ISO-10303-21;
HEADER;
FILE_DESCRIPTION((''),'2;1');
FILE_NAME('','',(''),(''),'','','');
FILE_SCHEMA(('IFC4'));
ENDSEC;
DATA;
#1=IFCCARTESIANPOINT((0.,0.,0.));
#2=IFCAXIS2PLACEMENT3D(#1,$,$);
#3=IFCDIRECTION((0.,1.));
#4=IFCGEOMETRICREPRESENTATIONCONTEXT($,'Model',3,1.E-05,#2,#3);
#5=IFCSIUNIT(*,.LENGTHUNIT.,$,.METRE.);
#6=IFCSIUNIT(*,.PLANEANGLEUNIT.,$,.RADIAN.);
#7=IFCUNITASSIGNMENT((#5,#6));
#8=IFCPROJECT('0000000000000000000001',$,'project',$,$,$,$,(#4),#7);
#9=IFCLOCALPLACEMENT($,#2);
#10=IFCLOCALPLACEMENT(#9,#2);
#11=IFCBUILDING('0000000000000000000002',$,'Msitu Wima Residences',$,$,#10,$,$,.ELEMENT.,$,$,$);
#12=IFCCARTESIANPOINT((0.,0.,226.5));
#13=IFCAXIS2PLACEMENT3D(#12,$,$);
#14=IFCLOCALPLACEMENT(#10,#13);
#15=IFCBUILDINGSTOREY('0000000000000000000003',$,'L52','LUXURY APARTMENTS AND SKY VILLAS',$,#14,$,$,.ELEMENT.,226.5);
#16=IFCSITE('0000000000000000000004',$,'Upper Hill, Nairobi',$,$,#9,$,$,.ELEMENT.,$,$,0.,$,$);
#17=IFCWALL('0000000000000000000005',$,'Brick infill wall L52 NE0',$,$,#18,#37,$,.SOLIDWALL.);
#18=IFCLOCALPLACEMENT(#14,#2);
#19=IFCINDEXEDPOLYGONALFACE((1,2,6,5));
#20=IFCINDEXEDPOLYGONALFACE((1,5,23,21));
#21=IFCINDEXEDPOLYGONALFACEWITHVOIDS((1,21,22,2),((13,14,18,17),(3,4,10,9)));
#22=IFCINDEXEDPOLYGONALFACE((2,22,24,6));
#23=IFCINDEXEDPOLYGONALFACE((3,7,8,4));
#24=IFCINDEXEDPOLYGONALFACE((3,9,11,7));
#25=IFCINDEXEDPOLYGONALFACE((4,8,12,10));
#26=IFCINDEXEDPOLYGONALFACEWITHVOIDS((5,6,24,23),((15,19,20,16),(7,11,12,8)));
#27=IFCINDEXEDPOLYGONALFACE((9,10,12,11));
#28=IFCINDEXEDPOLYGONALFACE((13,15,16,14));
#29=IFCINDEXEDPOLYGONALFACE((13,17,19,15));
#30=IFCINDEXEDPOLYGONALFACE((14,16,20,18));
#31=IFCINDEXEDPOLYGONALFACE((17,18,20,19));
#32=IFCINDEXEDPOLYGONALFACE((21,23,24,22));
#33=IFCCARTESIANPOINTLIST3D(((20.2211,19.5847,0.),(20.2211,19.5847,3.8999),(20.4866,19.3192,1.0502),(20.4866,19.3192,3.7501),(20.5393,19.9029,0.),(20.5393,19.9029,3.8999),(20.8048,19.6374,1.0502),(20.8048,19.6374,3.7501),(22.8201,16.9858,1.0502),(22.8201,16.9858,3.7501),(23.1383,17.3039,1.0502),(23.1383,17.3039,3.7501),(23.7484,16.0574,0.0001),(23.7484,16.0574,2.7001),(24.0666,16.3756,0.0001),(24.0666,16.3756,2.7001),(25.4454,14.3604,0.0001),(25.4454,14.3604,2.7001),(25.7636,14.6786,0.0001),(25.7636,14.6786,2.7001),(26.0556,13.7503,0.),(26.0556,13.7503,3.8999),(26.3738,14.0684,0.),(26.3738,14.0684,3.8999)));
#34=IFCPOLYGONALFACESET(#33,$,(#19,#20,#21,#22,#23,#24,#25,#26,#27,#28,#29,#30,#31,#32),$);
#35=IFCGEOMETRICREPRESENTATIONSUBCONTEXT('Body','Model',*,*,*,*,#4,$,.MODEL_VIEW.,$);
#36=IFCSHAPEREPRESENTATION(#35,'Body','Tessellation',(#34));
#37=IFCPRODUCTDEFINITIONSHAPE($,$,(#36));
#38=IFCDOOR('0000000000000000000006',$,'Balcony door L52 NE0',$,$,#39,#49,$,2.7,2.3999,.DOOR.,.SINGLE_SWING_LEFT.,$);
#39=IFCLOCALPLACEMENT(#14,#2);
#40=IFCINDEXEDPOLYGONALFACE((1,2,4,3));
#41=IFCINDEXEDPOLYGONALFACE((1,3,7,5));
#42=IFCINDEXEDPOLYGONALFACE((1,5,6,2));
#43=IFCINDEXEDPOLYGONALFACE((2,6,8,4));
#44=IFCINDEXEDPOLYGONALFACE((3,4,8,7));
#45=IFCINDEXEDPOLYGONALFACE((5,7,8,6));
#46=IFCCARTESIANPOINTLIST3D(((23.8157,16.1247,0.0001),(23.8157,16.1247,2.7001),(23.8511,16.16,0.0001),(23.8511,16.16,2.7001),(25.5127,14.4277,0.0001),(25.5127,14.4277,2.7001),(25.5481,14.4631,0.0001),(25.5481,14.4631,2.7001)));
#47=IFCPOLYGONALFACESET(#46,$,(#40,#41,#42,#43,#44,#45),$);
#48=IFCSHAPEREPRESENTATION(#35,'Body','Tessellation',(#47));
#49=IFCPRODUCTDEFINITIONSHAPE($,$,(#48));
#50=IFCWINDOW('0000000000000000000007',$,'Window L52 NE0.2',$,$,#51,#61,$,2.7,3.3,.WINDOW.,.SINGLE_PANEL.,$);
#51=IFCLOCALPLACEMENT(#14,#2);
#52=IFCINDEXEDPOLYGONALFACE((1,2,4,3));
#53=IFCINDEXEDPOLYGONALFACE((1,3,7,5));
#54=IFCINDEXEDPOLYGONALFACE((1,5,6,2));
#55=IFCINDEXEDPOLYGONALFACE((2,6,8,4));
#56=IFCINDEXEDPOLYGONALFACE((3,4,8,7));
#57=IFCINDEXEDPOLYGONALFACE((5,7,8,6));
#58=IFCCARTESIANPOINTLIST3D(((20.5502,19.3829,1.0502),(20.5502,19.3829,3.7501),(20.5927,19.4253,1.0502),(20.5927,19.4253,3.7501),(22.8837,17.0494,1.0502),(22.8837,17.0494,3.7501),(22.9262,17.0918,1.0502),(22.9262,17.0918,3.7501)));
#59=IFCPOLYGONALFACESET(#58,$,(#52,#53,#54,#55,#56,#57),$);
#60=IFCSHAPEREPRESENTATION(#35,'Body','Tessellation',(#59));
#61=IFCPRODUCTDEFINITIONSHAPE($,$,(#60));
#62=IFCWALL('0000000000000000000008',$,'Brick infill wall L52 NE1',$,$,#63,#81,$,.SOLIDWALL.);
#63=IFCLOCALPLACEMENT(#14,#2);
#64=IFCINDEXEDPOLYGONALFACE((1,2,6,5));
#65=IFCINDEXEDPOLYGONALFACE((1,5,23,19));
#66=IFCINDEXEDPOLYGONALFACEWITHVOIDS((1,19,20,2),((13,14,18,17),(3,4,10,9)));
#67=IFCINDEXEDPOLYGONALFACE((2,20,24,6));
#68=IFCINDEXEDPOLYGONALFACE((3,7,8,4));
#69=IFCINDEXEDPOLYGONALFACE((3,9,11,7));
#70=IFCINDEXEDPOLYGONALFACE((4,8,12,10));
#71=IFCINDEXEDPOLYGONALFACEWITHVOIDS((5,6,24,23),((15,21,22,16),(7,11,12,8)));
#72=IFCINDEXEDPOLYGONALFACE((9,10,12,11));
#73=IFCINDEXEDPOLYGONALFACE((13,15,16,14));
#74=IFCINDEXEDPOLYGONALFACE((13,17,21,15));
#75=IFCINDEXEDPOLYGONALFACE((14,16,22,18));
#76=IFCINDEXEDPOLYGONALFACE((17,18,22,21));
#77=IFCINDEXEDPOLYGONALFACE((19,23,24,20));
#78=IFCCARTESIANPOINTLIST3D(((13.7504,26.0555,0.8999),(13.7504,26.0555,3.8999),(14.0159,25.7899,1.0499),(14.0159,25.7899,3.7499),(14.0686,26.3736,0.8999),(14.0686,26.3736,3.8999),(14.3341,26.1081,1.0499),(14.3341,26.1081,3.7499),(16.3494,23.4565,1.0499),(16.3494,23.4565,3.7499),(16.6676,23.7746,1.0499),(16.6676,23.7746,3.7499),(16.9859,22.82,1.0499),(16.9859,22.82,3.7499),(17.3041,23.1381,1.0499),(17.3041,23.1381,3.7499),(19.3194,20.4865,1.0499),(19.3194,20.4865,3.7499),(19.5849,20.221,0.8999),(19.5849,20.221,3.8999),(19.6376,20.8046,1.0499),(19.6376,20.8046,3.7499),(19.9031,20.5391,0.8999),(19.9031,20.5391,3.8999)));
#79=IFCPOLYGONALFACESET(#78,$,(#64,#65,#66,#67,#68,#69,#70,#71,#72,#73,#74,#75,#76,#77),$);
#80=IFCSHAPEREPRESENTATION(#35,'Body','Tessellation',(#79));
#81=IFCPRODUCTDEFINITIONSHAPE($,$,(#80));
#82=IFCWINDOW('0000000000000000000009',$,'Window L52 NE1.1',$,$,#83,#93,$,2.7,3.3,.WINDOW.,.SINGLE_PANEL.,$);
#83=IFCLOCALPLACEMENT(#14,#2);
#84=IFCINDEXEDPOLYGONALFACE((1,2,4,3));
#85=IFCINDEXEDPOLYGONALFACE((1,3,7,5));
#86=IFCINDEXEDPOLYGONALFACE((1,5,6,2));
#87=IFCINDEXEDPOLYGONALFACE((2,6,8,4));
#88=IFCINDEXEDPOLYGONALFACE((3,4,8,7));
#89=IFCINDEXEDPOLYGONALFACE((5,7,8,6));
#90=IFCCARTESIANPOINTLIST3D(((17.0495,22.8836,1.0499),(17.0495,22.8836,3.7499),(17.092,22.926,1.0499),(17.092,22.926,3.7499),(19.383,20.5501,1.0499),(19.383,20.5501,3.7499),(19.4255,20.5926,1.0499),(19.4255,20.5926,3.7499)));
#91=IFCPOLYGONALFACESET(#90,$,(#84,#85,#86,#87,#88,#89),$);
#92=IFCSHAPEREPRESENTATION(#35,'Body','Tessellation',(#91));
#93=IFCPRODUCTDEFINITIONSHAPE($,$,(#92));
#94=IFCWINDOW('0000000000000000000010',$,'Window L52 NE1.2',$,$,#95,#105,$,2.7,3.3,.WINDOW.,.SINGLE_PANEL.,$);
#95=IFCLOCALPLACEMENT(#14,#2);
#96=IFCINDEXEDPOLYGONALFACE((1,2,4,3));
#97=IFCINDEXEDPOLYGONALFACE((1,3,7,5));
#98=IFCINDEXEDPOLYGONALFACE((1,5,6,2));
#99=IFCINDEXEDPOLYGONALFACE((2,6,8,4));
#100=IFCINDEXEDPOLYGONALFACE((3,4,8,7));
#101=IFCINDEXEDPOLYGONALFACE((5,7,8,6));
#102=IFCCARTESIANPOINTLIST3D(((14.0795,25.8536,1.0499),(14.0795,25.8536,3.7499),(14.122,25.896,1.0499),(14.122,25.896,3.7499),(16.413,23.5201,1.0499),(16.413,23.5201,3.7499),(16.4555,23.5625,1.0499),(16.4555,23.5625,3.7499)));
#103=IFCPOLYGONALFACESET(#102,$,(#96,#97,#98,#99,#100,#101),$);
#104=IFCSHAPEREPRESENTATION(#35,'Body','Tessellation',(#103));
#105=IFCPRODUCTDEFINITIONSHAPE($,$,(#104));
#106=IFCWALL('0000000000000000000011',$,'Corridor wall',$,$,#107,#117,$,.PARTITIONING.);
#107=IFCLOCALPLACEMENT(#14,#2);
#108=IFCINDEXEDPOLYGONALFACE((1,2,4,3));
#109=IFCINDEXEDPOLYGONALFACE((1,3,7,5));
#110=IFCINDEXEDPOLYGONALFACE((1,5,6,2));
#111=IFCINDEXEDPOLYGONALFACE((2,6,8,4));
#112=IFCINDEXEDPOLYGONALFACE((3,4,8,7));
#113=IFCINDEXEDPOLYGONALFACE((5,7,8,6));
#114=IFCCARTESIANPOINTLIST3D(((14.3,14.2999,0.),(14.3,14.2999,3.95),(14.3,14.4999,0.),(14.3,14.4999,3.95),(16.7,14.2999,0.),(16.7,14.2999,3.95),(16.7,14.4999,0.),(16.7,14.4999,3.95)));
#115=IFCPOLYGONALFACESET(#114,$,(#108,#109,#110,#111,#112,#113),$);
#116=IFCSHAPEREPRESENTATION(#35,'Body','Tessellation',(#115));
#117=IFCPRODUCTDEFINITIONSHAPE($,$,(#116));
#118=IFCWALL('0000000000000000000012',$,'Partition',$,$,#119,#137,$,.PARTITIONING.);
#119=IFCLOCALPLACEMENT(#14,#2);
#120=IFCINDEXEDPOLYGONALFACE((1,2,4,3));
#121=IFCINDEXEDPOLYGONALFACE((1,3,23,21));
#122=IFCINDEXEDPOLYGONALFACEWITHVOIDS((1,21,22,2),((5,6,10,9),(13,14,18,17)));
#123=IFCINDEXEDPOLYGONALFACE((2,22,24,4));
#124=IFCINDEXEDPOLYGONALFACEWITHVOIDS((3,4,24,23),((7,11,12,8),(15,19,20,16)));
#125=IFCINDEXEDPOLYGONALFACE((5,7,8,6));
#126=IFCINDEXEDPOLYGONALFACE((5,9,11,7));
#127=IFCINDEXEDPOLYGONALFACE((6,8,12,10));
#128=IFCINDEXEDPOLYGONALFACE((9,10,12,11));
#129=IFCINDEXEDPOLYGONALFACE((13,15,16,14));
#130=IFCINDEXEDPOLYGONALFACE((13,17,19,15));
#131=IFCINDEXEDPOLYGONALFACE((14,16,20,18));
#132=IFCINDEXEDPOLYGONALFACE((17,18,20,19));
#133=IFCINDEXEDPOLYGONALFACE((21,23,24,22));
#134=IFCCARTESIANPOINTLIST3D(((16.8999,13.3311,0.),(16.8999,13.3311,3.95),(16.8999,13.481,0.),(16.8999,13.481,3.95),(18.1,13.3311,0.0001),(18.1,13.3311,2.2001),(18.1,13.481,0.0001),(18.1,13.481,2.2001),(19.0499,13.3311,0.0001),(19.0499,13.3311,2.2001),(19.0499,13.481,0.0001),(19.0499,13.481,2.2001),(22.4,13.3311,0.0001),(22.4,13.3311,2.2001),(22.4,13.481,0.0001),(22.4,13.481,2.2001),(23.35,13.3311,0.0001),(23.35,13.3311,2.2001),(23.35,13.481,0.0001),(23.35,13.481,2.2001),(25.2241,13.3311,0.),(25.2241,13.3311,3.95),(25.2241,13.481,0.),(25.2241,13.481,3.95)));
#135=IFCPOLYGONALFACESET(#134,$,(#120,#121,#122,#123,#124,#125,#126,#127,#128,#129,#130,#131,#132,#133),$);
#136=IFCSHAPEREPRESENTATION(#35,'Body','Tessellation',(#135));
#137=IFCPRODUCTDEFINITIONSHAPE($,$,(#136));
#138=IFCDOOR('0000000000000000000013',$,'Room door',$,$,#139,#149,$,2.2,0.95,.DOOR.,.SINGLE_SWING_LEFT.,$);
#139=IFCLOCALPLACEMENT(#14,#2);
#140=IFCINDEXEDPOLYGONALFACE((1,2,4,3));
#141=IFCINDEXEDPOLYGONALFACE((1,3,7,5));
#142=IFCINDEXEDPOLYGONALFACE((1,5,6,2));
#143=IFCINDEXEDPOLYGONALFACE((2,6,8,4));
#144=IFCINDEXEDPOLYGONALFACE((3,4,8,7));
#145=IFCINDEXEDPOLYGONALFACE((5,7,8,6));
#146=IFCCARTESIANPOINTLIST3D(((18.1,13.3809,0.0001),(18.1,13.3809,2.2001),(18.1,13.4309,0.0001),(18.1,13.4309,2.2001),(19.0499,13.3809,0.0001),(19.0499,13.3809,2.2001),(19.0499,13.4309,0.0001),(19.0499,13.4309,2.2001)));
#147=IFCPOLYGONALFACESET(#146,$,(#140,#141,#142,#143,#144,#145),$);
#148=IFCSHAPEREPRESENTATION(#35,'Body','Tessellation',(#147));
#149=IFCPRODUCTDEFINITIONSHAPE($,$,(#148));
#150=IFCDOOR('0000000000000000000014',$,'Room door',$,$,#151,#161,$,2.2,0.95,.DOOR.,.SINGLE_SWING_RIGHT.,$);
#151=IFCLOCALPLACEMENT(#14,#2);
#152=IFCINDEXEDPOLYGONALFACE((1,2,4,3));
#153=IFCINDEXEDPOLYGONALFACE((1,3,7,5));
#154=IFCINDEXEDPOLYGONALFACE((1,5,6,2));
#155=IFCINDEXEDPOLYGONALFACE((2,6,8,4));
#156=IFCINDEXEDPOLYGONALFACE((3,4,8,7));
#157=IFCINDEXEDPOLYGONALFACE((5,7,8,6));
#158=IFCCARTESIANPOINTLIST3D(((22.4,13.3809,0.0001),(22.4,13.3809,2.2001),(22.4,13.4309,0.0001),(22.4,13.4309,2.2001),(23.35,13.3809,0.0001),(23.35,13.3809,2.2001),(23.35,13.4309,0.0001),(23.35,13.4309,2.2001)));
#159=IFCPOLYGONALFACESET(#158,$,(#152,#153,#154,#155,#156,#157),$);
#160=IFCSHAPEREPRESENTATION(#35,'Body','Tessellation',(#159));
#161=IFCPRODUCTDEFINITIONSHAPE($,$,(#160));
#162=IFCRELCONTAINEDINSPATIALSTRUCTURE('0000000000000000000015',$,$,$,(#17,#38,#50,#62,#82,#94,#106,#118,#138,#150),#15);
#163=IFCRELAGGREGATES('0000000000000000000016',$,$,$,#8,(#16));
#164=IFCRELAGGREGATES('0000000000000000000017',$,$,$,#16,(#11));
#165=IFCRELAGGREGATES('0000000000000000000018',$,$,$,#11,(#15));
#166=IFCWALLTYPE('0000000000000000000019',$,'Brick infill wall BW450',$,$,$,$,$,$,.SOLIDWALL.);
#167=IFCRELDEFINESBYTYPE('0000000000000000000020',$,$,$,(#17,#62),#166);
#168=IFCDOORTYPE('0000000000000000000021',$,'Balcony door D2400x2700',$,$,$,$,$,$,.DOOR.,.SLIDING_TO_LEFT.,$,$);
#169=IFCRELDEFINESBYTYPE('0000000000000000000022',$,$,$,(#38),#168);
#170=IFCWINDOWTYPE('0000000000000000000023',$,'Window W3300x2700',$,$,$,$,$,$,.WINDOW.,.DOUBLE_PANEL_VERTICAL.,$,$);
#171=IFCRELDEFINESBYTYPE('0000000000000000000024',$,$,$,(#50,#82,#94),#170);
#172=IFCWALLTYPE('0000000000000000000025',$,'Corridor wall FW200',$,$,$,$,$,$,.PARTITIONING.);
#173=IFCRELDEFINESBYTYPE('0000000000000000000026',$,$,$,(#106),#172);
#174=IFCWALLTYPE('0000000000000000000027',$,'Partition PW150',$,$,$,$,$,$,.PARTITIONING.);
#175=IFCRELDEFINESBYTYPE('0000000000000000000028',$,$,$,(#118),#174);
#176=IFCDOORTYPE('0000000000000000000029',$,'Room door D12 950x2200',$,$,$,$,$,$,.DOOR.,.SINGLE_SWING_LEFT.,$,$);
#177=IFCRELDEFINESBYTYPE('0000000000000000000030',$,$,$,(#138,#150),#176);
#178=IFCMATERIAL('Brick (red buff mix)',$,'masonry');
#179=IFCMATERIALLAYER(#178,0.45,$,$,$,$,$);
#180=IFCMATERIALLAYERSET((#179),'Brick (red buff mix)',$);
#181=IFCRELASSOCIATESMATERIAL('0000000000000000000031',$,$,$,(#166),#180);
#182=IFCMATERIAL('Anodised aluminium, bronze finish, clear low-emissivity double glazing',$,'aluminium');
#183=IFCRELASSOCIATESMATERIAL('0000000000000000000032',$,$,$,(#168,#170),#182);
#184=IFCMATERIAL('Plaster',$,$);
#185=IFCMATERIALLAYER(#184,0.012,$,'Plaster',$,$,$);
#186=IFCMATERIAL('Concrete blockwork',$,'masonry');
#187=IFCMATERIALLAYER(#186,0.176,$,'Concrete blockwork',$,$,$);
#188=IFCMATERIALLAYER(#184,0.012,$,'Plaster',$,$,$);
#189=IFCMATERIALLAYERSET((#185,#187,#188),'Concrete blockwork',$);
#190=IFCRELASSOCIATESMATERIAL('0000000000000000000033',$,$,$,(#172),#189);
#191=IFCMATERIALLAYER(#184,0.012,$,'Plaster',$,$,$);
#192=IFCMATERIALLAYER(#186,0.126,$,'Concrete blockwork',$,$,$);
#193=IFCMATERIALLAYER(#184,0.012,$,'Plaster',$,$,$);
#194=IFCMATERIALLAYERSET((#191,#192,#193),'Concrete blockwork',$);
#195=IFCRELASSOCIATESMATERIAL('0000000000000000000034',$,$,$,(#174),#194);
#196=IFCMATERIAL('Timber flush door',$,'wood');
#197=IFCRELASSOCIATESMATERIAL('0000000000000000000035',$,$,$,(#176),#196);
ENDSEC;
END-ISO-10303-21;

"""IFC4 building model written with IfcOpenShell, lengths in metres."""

from ifc_helpers import new_model, si_unit, direction, frame, frame_2d, origin, place, context, subcontext, project, spatial, rectangle, extrude, material, layer, layer_set, type_object, element, fill, save


model = new_model("IFC4")

# Units and contexts
model_context = context("Model", 3, precision=1e-05, world=origin(), true_north=direction((0.0, 1.0)))
body_context = subcontext(model_context, "Body", "Model", "MODEL_VIEW")
ifc_project = project(units=[si_unit("LENGTHUNIT", "METRE"), si_unit("PLANEANGLEUNIT", "RADIAN")], contexts=[model_context])

# Site, building, storey
site_placement = place(None, origin())
site = spatial("IfcSite", under=ifc_project, at=site_placement, Name="Upper Hill, Nairobi", CompositionType="ELEMENT", RefElevation=0.0)
building_placement = place(site_placement, origin())
building = spatial("IfcBuilding", under=site, at=building_placement, Name="Msitu Wima Residences", CompositionType="ELEMENT")
storey_placement = place(building_placement, frame((0.0, 0.0, 226.5)))
storey = spatial("IfcBuildingStorey", under=building, at=storey_placement, Name="L52", Description="LUXURY APARTMENTS AND SKY VILLAS", CompositionType="ELEMENT", Elevation=226.5)

# Wall, openings, door, window
ifc_material_1 = material(Name="Brick (red buff mix)", Category="masonry")
ifc_layer_1 = layer(ifc_material_1, 0.45)
ifc_layer_set_1 = layer_set([ifc_layer_1], Name="Brick (red buff mix)")
wall_type_1 = type_object("IfcWallType", Name="Brick infill wall BW450", PredefinedType="SOLIDWALL", material=ifc_layer_set_1)
wall_1_placement = place(storey_placement, frame((26.2146, 13.9094, 0.0), z_axis=(0.0, 0.0, 1.0), x_axis=(-0.707107, 0.707107, 0.0)))
wall_1 = element("IfcWall", 1, at=wall_1_placement, inside=storey, type_object=wall_type_1, Name="Brick infill wall L52 NE0", PredefinedType="SOLIDWALL", context=body_context, shape_type="SweptSolid", body=[
    extrude(rectangle(XDim=8.2512, YDim=0.45, at=frame_2d((4.1255, 0.0))), origin(), (0.0, 0.0, 1.0), 3.8999),
])
opening_1_placement = place(wall_1_placement, frame((0.8628, 0.0, 0.0)))
opening_1 = element("IfcOpeningElement", 2, at=opening_1_placement, cuts=wall_1, PredefinedType="OPENING", context=body_context, shape_type="SweptSolid", body=[
    extrude(rectangle(XDim=2.3999, YDim=2.7, at=frame_2d((1.2, 1.3501))), frame((0.0, 0.2349, 0.0), z_axis=(0.0, -1.0, 0.0), x_axis=(1.0, 0.0, 0.0)), (0.0, 0.0, 1.0), 0.47),
])
opening_2_placement = place(wall_1_placement, frame((4.5757, 0.0, 1.05)))
opening_2 = element("IfcOpeningElement", 3, at=opening_2_placement, cuts=wall_1, PredefinedType="OPENING", context=body_context, shape_type="SweptSolid", body=[
    extrude(rectangle(XDim=3.3, YDim=2.7, at=frame_2d((1.6499, 1.3501))), frame((0.0, 0.2349, 0.0), z_axis=(0.0, -1.0, 0.0), x_axis=(1.0, 0.0, 0.0)), (0.0, 0.0, 1.0), 0.47),
])
ifc_material_2 = material(Name="Anodised aluminium, bronze finish, clear low-emissivity double glazing", Category="aluminium")
door_type_1 = type_object("IfcDoorType", Name="Balcony door D2400x2700", OperationType="SLIDING_TO_LEFT", PredefinedType="DOOR", material=ifc_material_2)
door_1_placement = place(opening_1_placement, origin())
door_1 = element("IfcDoor", 4, at=door_1_placement, inside=storey, type_object=door_type_1, Name="Balcony door L52 NE0", OperationType="SINGLE_SWING_LEFT", OverallHeight=2.7, OverallWidth=2.3999, PredefinedType="DOOR", context=body_context, shape_type="SweptSolid", body=[
    extrude(rectangle(XDim=2.3999, YDim=2.7, at=frame_2d((1.2, 1.3501))), frame((0.0, 0.1299, 0.0), z_axis=(0.0, -1.0, 0.0), x_axis=(1.0, 0.0, 0.0)), (0.0, 0.0, 1.0), 0.05),
])
fill(opening_1, door_1)
window_type = type_object("IfcWindowType", Name="Window W3300x2700", PartitioningType="DOUBLE_PANEL_VERTICAL", PredefinedType="WINDOW", material=ifc_material_2)
window_1_placement = place(opening_2_placement, origin())
window_1 = element("IfcWindow", 5, at=window_1_placement, inside=storey, type_object=window_type, Name="Window L52 NE0.2", OverallHeight=2.7, OverallWidth=3.3, PartitioningType="SINGLE_PANEL", PredefinedType="WINDOW", context=body_context, shape_type="SweptSolid", body=[
    extrude(rectangle(XDim=3.3, YDim=2.7, at=frame_2d((1.6499, 1.3501))), frame((0.0, 0.135, 0.0), z_axis=(0.0, -1.0, 0.0), x_axis=(1.0, 0.0, 0.0)), (0.0, 0.0, 1.0), 0.0601),
])
fill(opening_2, window_1)

# Wall, openings, windows
wall_2_placement = place(storey_placement, frame((19.7439, 20.3801, 0.8999), z_axis=(0.0, 0.0, 1.0), x_axis=(-0.707107, 0.707107, 0.0)))
wall_2 = element("IfcWall", 6, at=wall_2_placement, inside=storey, type_object=wall_type_1, Name="Brick infill wall L52 NE1", PredefinedType="SOLIDWALL", context=body_context, shape_type="SweptSolid", body=[
    extrude(rectangle(XDim=8.2512, YDim=0.45, at=frame_2d((4.1255, 0.0))), origin(), (0.0, 0.0, 1.0), 3.0),
])
opening_3_placement = place(wall_2_placement, frame((0.3755, 0.0, 0.1499)))
opening_3 = element("IfcOpeningElement", 7, at=opening_3_placement, cuts=wall_2, PredefinedType="OPENING", context=body_context, shape_type="SweptSolid", body=[
    extrude(rectangle(XDim=3.3, YDim=2.7, at=frame_2d((1.6499, 1.3501))), frame((0.0, 0.2349, 0.0), z_axis=(0.0, -1.0, 0.0), x_axis=(1.0, 0.0, 0.0)), (0.0, 0.0, 1.0), 0.47),
])
opening_4_placement = place(wall_2_placement, frame((4.5757, 0.0, 0.1499)))
opening_4 = element("IfcOpeningElement", 8, at=opening_4_placement, cuts=wall_2, PredefinedType="OPENING", context=body_context, shape_type="SweptSolid", body=[
    extrude(rectangle(XDim=3.3, YDim=2.7, at=frame_2d((1.6499, 1.3501))), frame((0.0, 0.2349, 0.0), z_axis=(0.0, -1.0, 0.0), x_axis=(1.0, 0.0, 0.0)), (0.0, 0.0, 1.0), 0.47),
])
window_2_placement = place(opening_3_placement, origin())
window_2 = element("IfcWindow", 9, at=window_2_placement, inside=storey, type_object=window_type, Name="Window L52 NE1.1", OverallHeight=2.7, OverallWidth=3.3, PartitioningType="SINGLE_PANEL", PredefinedType="WINDOW", context=body_context, shape_type="SweptSolid", body=[
    extrude(rectangle(XDim=3.3, YDim=2.7, at=frame_2d((1.6499, 1.3501))), frame((0.0, 0.135, 0.0), z_axis=(0.0, -1.0, 0.0), x_axis=(1.0, 0.0, 0.0)), (0.0, 0.0, 1.0), 0.0601),
])
fill(opening_3, window_2)
window_3_placement = place(opening_4_placement, origin())
window_3 = element("IfcWindow", 10, at=window_3_placement, inside=storey, type_object=window_type, Name="Window L52 NE1.2", OverallHeight=2.7, OverallWidth=3.3, PartitioningType="SINGLE_PANEL", PredefinedType="WINDOW", context=body_context, shape_type="SweptSolid", body=[
    extrude(rectangle(XDim=3.3, YDim=2.7, at=frame_2d((1.6499, 1.3501))), frame((0.0, 0.135, 0.0), z_axis=(0.0, -1.0, 0.0), x_axis=(1.0, 0.0, 0.0)), (0.0, 0.0, 1.0), 0.0601),
])
fill(opening_4, window_3)

# Shared definitions
ifc_material_3 = material(Name="Plaster")
ifc_layer_2 = layer(ifc_material_3, 0.012, Name="Plaster")
ifc_material_4 = material(Name="Concrete blockwork", Category="masonry")
ifc_layer_3 = layer(ifc_material_4, 0.176, Name="Concrete blockwork")
ifc_layer_4 = layer(ifc_material_3, 0.012, Name="Plaster")
ifc_layer_set_2 = layer_set([ifc_layer_2, ifc_layer_3, ifc_layer_4], Name="Concrete blockwork")
wall_type_2 = type_object("IfcWallType", Name="Corridor wall FW200", PredefinedType="PARTITIONING", material=ifc_layer_set_2)

# Wall
wall_3_placement = place(storey_placement, frame((14.3, 14.3999, 0.0), z_axis=(0.0, 0.0, 1.0), x_axis=(1.0, 0.0, 0.0)))
element("IfcWall", 11, at=wall_3_placement, inside=storey, type_object=wall_type_2, Name="Corridor wall", PredefinedType="PARTITIONING", context=body_context, shape_type="SweptSolid", body=[
    extrude(rectangle(XDim=2.3999, YDim=0.2, at=frame_2d((1.2, 0.0))), origin(), (0.0, 0.0, 1.0), 3.95),
])

# Wall, openings, doors
ifc_layer_5 = layer(ifc_material_3, 0.012, Name="Plaster")
ifc_layer_6 = layer(ifc_material_4, 0.126, Name="Concrete blockwork")
ifc_layer_7 = layer(ifc_material_3, 0.012, Name="Plaster")
ifc_layer_set_3 = layer_set([ifc_layer_5, ifc_layer_6, ifc_layer_7], Name="Concrete blockwork")
wall_type_3 = type_object("IfcWallType", Name="Partition PW150", PredefinedType="PARTITIONING", material=ifc_layer_set_3)
wall_4_placement = place(storey_placement, frame((16.8999, 13.406, 0.0), z_axis=(0.0, 0.0, 1.0), x_axis=(1.0, 0.0, 0.0)))
wall_4 = element("IfcWall", 12, at=wall_4_placement, inside=storey, type_object=wall_type_3, Name="Partition", PredefinedType="PARTITIONING", context=body_context, shape_type="SweptSolid", body=[
    extrude(rectangle(XDim=8.3242, YDim=0.1499, at=frame_2d((4.1621, 0.0))), origin(), (0.0, 0.0, 1.0), 3.95),
])
opening_5_placement = place(wall_4_placement, frame((1.2, 0.0, 0.0)))
opening_5 = element("IfcOpeningElement", 13, at=opening_5_placement, cuts=wall_4, PredefinedType="OPENING", context=body_context, shape_type="SweptSolid", body=[
    extrude(rectangle(XDim=0.95, YDim=2.2, at=frame_2d((0.4751, 1.1001))), frame((0.0, 0.085, 0.0), z_axis=(0.0, -1.0, 0.0), x_axis=(1.0, 0.0, 0.0)), (0.0, 0.0, 1.0), 0.1699),
])
opening_6_placement = place(wall_4_placement, frame((5.5, 0.0, 0.0)))
opening_6 = element("IfcOpeningElement", 14, at=opening_6_placement, cuts=wall_4, PredefinedType="OPENING", context=body_context, shape_type="SweptSolid", body=[
    extrude(rectangle(XDim=0.95, YDim=2.2, at=frame_2d((0.4751, 1.1001))), frame((0.0, 0.085, 0.0), z_axis=(0.0, -1.0, 0.0), x_axis=(1.0, 0.0, 0.0)), (0.0, 0.0, 1.0), 0.1699),
])
ifc_material_5 = material(Name="Timber flush door", Category="wood")
door_type_2 = type_object("IfcDoorType", Name="Room door D12 950x2200", OperationType="SINGLE_SWING_LEFT", PredefinedType="DOOR", material=ifc_material_5)
door_2_placement = place(opening_5_placement, origin())
door_2 = element("IfcDoor", 15, at=door_2_placement, inside=storey, type_object=door_type_2, Name="Room door", OperationType="SINGLE_SWING_LEFT", OverallHeight=2.2, OverallWidth=0.95, PredefinedType="DOOR", context=body_context, shape_type="SweptSolid", body=[
    extrude(rectangle(XDim=0.95, YDim=2.2, at=frame_2d((0.4751, 1.1001))), frame((0.0, 0.0249, 0.0), z_axis=(0.0, -1.0, 0.0), x_axis=(1.0, 0.0, 0.0)), (0.0, 0.0, 1.0), 0.05),
])
fill(opening_5, door_2)
door_3_placement = place(opening_6_placement, origin())
door_3 = element("IfcDoor", 16, at=door_3_placement, inside=storey, type_object=door_type_2, Name="Room door", OperationType="SINGLE_SWING_RIGHT", OverallHeight=2.2, OverallWidth=0.95, PredefinedType="DOOR", context=body_context, shape_type="SweptSolid", body=[
    extrude(rectangle(XDim=0.95, YDim=2.2, at=frame_2d((0.4751, 1.1001))), frame((0.0, 0.0249, 0.0), z_axis=(0.0, -1.0, 0.0), x_axis=(1.0, 0.0, 0.0)), (0.0, 0.0, 1.0), 0.05),
])
fill(opening_6, door_3)

save(model, "model.ifc")
